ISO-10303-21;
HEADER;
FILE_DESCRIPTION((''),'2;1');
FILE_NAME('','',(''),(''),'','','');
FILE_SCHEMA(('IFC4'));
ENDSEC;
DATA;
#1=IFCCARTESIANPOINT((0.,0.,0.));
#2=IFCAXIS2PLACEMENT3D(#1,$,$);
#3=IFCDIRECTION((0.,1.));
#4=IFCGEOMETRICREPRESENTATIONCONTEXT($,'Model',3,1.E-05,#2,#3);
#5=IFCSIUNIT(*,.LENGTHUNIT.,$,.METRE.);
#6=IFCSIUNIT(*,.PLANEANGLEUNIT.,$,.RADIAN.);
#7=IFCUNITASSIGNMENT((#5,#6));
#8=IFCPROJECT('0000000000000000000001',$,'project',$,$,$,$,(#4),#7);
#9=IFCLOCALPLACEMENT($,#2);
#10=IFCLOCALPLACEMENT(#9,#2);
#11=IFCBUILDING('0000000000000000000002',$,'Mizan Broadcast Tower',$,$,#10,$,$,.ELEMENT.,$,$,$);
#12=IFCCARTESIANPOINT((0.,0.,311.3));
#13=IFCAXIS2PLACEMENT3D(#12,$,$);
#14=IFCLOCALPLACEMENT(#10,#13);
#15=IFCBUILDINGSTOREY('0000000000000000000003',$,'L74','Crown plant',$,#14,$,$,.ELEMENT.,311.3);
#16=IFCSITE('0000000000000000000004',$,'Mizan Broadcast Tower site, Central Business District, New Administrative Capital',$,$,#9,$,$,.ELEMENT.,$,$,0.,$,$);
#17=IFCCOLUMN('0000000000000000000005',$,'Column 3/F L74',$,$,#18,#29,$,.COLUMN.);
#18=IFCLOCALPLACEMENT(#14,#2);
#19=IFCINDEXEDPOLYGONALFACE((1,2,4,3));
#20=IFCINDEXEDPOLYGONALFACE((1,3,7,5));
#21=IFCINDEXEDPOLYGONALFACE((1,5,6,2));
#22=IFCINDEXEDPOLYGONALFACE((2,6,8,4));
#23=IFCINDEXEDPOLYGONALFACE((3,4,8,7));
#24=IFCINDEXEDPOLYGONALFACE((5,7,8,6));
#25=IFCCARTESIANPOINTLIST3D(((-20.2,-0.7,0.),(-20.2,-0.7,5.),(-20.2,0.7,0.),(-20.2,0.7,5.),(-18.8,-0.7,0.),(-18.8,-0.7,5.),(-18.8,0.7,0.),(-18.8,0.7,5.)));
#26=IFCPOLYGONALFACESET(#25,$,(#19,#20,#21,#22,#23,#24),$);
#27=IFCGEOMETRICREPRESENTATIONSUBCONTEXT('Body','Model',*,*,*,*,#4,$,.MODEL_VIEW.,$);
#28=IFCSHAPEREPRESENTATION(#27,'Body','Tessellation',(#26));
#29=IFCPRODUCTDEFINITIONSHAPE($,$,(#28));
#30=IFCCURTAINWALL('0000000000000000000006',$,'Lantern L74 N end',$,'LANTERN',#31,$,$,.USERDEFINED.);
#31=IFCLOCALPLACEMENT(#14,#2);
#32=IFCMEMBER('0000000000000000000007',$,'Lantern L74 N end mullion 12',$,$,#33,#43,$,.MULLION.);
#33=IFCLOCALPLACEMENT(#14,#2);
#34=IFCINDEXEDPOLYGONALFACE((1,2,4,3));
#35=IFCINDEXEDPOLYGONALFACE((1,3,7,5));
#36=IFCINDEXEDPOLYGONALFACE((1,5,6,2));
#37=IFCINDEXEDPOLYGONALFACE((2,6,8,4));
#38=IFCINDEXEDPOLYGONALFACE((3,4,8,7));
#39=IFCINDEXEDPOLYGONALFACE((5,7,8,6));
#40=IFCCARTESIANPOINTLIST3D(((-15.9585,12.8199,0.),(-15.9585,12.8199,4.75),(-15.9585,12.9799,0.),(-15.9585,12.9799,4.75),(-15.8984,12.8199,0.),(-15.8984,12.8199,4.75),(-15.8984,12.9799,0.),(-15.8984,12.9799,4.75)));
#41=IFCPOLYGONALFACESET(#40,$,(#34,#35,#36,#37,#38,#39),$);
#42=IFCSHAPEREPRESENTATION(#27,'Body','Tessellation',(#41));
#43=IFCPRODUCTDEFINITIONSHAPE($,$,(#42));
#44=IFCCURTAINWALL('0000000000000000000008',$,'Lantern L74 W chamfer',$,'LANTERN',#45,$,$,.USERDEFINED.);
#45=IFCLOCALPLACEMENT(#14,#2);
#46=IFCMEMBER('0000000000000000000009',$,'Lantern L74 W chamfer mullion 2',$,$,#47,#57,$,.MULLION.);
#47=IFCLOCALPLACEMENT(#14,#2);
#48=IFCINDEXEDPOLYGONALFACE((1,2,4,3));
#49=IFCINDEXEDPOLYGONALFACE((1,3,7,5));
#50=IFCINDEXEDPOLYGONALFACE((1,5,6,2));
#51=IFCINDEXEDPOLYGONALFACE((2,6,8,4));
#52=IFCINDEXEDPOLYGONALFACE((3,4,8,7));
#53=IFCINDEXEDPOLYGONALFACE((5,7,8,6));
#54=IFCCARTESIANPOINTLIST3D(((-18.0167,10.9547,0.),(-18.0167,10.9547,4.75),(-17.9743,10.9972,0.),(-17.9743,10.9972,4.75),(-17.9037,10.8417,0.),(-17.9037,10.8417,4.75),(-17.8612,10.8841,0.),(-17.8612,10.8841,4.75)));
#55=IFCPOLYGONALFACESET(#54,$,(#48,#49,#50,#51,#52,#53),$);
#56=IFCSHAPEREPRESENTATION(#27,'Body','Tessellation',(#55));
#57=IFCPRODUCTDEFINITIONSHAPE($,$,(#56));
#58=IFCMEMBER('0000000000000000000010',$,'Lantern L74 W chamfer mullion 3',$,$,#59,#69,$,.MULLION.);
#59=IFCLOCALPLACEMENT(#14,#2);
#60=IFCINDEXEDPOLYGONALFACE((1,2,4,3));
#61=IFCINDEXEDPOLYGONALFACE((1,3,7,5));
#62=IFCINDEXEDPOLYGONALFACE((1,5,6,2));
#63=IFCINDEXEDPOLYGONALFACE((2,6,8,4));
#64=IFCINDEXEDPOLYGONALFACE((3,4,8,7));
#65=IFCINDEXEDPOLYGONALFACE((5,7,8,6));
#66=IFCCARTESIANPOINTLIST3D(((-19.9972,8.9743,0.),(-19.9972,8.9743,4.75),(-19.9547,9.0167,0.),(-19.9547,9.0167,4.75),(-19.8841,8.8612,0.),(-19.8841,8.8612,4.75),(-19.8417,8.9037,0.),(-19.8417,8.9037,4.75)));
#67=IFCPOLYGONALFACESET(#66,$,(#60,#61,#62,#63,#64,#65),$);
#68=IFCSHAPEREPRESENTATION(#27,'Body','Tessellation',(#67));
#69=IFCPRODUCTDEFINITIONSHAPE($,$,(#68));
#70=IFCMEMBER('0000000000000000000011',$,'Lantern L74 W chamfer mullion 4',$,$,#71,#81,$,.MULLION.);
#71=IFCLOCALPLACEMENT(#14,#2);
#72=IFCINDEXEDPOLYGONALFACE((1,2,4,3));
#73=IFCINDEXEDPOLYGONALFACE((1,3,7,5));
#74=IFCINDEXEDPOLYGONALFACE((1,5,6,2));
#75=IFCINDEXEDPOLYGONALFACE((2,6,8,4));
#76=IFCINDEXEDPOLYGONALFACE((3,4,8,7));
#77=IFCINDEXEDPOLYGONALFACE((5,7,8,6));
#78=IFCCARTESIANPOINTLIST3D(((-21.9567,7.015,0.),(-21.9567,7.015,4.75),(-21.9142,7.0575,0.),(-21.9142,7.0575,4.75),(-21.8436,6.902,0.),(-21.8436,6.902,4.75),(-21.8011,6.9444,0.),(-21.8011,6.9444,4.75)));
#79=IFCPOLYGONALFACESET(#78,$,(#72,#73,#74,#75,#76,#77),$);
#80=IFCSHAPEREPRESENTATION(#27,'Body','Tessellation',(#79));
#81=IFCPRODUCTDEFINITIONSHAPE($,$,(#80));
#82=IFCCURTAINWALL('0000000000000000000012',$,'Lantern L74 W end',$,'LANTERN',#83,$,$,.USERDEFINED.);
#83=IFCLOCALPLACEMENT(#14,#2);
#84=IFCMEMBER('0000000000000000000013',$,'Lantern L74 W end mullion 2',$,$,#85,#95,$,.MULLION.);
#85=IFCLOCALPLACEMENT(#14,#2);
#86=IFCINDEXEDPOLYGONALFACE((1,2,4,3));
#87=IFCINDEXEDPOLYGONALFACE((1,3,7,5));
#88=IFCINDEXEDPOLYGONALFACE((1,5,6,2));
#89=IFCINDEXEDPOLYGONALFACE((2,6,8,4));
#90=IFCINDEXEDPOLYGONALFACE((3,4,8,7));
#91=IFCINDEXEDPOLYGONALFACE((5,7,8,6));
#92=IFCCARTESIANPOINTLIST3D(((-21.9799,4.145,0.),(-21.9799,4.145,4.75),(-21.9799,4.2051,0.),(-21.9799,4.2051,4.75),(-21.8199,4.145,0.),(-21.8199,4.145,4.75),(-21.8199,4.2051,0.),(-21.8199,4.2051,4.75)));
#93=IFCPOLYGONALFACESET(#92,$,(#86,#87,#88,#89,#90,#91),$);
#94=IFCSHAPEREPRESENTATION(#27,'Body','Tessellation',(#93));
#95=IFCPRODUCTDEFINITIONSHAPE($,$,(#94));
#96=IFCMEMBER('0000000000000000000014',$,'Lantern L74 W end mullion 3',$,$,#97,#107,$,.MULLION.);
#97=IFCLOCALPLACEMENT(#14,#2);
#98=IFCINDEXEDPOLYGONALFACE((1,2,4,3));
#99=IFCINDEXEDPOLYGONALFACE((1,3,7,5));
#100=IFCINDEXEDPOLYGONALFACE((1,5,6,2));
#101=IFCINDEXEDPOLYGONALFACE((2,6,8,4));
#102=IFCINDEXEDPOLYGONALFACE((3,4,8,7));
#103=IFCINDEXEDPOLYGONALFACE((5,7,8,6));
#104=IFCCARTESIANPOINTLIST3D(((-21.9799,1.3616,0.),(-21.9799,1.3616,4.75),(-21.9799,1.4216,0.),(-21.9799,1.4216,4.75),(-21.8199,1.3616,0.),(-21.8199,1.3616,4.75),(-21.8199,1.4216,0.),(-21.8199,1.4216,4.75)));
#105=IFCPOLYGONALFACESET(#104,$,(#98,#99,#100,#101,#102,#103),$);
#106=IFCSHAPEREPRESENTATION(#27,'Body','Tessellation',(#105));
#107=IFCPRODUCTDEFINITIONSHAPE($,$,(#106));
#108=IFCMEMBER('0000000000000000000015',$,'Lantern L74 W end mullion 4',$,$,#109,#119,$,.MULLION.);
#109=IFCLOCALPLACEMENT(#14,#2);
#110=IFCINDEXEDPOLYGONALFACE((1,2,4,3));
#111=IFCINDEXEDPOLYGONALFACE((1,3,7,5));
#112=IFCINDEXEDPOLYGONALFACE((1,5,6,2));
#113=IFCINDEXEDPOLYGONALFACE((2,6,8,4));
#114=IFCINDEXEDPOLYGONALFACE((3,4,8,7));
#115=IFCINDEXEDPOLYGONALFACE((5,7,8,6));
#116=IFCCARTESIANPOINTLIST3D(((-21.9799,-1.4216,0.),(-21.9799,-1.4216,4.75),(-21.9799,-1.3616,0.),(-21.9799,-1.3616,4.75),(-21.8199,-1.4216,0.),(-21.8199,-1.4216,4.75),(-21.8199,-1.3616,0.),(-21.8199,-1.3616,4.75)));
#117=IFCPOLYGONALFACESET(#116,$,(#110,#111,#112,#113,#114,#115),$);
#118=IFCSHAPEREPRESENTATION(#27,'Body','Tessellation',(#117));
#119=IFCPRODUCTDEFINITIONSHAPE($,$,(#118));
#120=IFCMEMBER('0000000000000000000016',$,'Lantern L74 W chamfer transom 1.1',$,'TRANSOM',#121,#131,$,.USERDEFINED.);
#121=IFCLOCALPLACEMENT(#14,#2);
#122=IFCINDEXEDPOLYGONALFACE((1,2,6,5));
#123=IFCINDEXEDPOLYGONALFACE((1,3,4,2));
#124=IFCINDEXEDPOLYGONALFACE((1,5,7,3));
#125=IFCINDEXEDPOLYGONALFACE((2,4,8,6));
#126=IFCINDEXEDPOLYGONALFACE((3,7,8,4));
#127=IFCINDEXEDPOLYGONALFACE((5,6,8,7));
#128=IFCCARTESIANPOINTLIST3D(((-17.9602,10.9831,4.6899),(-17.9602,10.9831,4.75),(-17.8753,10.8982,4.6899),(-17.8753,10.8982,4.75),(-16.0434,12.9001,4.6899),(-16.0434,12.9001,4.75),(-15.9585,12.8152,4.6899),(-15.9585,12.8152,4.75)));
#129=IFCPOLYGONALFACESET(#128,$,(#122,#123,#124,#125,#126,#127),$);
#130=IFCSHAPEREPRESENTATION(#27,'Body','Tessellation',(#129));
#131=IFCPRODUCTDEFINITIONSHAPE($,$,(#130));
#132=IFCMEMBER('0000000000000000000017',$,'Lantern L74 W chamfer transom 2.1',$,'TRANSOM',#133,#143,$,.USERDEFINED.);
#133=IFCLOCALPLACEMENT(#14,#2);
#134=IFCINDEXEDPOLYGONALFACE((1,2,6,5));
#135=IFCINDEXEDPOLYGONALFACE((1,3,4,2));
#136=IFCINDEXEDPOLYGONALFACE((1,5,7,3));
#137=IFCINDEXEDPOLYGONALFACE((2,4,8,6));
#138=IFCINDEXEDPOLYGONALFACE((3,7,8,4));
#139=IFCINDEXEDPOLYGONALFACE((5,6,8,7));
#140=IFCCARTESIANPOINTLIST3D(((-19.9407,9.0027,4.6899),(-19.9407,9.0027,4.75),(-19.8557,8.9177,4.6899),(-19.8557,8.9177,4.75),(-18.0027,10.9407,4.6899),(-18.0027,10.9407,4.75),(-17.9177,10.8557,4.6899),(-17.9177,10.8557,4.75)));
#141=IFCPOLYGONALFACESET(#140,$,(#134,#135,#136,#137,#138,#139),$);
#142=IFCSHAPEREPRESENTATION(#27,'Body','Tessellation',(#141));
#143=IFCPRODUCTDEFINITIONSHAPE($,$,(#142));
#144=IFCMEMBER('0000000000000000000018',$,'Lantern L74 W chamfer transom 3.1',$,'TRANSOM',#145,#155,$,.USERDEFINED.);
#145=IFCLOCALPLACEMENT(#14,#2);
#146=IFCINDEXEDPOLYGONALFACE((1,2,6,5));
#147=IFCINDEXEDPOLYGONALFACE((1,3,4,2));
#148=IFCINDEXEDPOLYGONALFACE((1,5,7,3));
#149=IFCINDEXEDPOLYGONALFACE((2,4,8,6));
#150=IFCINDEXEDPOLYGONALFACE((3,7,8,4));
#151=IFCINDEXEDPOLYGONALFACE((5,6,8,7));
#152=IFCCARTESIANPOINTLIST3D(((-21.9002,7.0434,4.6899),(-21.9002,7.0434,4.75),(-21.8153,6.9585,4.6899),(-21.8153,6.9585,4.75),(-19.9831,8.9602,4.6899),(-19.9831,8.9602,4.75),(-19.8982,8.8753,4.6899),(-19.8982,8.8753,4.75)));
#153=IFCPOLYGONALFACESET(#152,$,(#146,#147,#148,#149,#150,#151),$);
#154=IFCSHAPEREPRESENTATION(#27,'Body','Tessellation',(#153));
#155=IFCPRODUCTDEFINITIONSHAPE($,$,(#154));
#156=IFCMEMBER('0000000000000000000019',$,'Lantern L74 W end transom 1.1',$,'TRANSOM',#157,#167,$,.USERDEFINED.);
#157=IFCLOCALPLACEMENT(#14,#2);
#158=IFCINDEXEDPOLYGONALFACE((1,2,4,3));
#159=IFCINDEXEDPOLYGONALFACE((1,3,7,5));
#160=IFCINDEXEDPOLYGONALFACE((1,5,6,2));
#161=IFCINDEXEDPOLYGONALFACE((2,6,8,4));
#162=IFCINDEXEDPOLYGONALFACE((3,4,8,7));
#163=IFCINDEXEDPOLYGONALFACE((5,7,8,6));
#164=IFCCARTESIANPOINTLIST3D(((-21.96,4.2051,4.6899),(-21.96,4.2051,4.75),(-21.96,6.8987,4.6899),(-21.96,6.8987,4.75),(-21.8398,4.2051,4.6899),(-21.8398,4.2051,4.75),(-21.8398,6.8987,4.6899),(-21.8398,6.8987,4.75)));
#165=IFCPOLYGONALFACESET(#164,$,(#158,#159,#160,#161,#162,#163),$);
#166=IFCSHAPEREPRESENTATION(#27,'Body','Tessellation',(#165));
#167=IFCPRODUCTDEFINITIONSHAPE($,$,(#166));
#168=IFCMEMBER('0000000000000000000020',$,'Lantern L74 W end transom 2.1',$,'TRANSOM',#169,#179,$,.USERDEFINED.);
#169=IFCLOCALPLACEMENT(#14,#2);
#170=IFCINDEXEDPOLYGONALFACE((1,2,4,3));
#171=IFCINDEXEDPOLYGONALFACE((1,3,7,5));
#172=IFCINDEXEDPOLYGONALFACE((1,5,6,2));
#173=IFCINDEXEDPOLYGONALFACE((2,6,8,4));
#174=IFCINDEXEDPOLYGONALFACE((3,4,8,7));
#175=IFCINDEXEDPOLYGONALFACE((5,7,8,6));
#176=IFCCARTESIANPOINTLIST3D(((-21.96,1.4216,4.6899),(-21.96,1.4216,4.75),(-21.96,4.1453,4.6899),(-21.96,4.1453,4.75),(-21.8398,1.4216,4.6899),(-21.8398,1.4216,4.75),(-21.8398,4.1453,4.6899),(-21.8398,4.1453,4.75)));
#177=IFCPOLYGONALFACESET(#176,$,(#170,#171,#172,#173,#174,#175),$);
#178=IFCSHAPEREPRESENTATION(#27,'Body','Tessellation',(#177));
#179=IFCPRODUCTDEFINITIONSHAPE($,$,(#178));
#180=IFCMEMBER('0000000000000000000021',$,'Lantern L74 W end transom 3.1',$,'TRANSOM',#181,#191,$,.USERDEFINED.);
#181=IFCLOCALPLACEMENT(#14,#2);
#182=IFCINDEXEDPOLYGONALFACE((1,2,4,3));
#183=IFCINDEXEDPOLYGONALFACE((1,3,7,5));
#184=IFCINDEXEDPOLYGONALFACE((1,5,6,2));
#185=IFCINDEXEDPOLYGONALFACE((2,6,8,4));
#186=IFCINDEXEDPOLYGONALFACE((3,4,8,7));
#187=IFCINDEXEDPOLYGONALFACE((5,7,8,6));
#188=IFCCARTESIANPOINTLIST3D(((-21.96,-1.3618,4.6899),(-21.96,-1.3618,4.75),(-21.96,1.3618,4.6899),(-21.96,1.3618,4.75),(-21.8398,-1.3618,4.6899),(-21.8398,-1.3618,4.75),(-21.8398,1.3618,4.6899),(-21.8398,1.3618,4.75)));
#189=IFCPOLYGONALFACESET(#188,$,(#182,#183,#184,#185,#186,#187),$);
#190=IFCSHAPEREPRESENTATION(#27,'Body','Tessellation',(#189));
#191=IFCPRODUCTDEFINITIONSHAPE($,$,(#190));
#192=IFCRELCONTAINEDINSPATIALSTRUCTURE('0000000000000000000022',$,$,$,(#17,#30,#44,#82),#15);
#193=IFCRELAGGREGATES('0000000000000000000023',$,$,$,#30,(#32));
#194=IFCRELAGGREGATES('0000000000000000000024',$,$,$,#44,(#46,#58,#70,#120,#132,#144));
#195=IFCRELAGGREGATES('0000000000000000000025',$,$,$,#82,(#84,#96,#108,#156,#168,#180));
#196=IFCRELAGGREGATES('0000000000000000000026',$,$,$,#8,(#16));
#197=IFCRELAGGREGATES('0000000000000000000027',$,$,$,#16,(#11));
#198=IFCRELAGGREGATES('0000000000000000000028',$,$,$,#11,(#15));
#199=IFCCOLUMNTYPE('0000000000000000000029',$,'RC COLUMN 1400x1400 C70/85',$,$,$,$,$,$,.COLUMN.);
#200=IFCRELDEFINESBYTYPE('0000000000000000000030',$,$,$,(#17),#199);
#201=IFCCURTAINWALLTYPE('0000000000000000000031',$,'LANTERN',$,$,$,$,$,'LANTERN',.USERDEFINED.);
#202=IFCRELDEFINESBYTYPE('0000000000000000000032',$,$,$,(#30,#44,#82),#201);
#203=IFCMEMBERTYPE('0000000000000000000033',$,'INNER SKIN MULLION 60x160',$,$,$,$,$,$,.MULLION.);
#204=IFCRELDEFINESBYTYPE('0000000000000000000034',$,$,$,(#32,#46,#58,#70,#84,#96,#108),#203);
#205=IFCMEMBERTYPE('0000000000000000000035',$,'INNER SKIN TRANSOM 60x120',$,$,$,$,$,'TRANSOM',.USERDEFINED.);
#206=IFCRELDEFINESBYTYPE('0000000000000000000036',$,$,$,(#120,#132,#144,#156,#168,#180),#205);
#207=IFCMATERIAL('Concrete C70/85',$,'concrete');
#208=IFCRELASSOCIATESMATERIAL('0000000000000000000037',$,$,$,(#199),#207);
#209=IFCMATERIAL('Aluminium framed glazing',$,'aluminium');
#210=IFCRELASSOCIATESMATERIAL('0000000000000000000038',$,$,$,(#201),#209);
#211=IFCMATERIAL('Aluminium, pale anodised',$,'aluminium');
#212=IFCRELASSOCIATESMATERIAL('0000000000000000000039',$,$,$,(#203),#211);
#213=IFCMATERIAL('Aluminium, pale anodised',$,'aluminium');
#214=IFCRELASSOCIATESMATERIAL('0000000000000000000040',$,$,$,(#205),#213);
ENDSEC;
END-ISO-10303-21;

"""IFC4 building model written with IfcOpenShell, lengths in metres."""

from ifc_helpers import new_model, si_unit, direction, frame, origin, origin_2d, place, context, subcontext, project, spatial, rectangle, extrude, material, material_profile, profile_set, type_object, element, aggregate, save


model = new_model("IFC4")

# Units and contexts
model_context = context("Model", 3, precision=1e-05, world=origin(), true_north=direction((0.0, 1.0)))
body_context = subcontext(model_context, "Body", "Model", "MODEL_VIEW")
ifc_project = project(units=[si_unit("LENGTHUNIT", "METRE"), si_unit("PLANEANGLEUNIT", "RADIAN")], contexts=[model_context])

# Site, building, storey
site_placement = place(None, origin())
site = spatial("IfcSite", under=ifc_project, at=site_placement, Name="Mizan Broadcast Tower site, Central Business District, New Administrative Capital", CompositionType="ELEMENT", RefElevation=0.0)
building_placement = place(site_placement, origin())
building = spatial("IfcBuilding", under=site, at=building_placement, Name="Mizan Broadcast Tower", CompositionType="ELEMENT")
storey_placement = place(building_placement, frame((0.0, 0.0, 311.3)))
storey = spatial("IfcBuildingStorey", under=building, at=storey_placement, Name="L74", Description="Crown plant", CompositionType="ELEMENT", Elevation=311.3)

# Column
ifc_material_1 = material(Name="Concrete C70/85", Category="concrete")
ifc_material_profile_1 = material_profile(ifc_material_1, rectangle(XDim=1.3999, YDim=1.3999, at=origin_2d()), Name="RC 1400x1400")
ifc_profile_set_1 = profile_set([ifc_material_profile_1], Name="Concrete C70/85")
column_type = type_object("IfcColumnType", Name="RC COLUMN 1400x1400 C70/85", PredefinedType="COLUMN", material=ifc_profile_set_1)
column_placement = place(storey_placement, frame((-19.5, 0.0, 0.0), z_axis=(0.0, 0.0, 1.0), x_axis=(1.0, 0.0, 0.0)))
element("IfcColumn", 1, at=column_placement, inside=storey, type_object=column_type, Name="Column 3/F L74", PredefinedType="COLUMN", context=body_context, shape_type="SweptSolid", body=[
    extrude(rectangle(XDim=1.3999, YDim=1.3999, at=origin_2d()), origin(), (0.0, 0.0, 1.0), 5.0),
])

# Curtain wall, member
ifc_material_2 = material(Name="Aluminium framed glazing", Category="aluminium")
curtain_wall_type = type_object("IfcCurtainWallType", Name="LANTERN", ElementType="LANTERN", PredefinedType="USERDEFINED", material=ifc_material_2)
curtain_wall_1_placement = place(storey_placement, origin())
curtain_wall_1 = element("IfcCurtainWall", 2, at=curtain_wall_1_placement, inside=storey, type_object=curtain_wall_type, Name="Lantern L74 N end", ObjectType="LANTERN", PredefinedType="USERDEFINED")
ifc_material_3 = material(Name="Aluminium, pale anodised", Category="aluminium")
ifc_material_profile_2 = material_profile(ifc_material_3, rectangle(XDim=0.1599, YDim=0.0601, at=origin_2d()), Name="MULLION 160x60")
ifc_profile_set_2 = profile_set([ifc_material_profile_2], Name="Aluminium, pale anodised")
member_type_1 = type_object("IfcMemberType", Name="INNER SKIN MULLION 60x160", PredefinedType="MULLION", material=ifc_profile_set_2)
member_1_placement = place(storey_placement, frame((-15.9285, 12.8999, 0.0), z_axis=(0.0, 0.0, 1.0), x_axis=(0.0, -1.0, 0.0)))
member_1 = element("IfcMember", 3, at=member_1_placement, type_object=member_type_1, Name="Lantern L74 N end mullion 12", PredefinedType="MULLION", context=body_context, shape_type="SweptSolid", body=[
    extrude(rectangle(XDim=0.1599, YDim=0.0601, at=origin_2d()), origin(), (0.0, 0.0, 1.0), 4.75),
])

# Curtain walls, members
curtain_wall_2_placement = place(storey_placement, origin())
curtain_wall_2 = element("IfcCurtainWall", 4, at=curtain_wall_2_placement, inside=storey, type_object=curtain_wall_type, Name="Lantern L74 W chamfer", ObjectType="LANTERN", PredefinedType="USERDEFINED")
member_2_placement = place(storey_placement, frame((-17.939, 10.9194, 0.0), z_axis=(0.0, 0.0, 1.0), x_axis=(0.707107, -0.707107, 0.0)))
member_2 = element("IfcMember", 5, at=member_2_placement, type_object=member_type_1, Name="Lantern L74 W chamfer mullion 2", PredefinedType="MULLION", context=body_context, shape_type="SweptSolid", body=[
    extrude(rectangle(XDim=0.1599, YDim=0.0601, at=origin_2d()), origin(), (0.0, 0.0, 1.0), 4.75),
])
member_3_placement = place(storey_placement, frame((-19.9194, 8.939, 0.0), z_axis=(0.0, 0.0, 1.0), x_axis=(0.707107, -0.707107, 0.0)))
member_3 = element("IfcMember", 6, at=member_3_placement, type_object=member_type_1, Name="Lantern L74 W chamfer mullion 3", PredefinedType="MULLION", context=body_context, shape_type="SweptSolid", body=[
    extrude(rectangle(XDim=0.1599, YDim=0.0601, at=origin_2d()), origin(), (0.0, 0.0, 1.0), 4.75),
])
member_4_placement = place(storey_placement, frame((-21.8789, 6.9797, 0.0), z_axis=(0.0, 0.0, 1.0), x_axis=(0.707107, -0.707107, 0.0)))
member_4 = element("IfcMember", 7, at=member_4_placement, type_object=member_type_1, Name="Lantern L74 W chamfer mullion 4", PredefinedType="MULLION", context=body_context, shape_type="SweptSolid", body=[
    extrude(rectangle(XDim=0.1599, YDim=0.0601, at=origin_2d()), origin(), (0.0, 0.0, 1.0), 4.75),
])
curtain_wall_3_placement = place(storey_placement, origin())
curtain_wall_3 = element("IfcCurtainWall", 8, at=curtain_wall_3_placement, inside=storey, type_object=curtain_wall_type, Name="Lantern L74 W end", ObjectType="LANTERN", PredefinedType="USERDEFINED")
member_5_placement = place(storey_placement, frame((-21.8999, 4.175, 0.0), z_axis=(0.0, 0.0, 1.0), x_axis=(1.0, 0.0, 0.0)))
member_5 = element("IfcMember", 9, at=member_5_placement, type_object=member_type_1, Name="Lantern L74 W end mullion 2", PredefinedType="MULLION", context=body_context, shape_type="SweptSolid", body=[
    extrude(rectangle(XDim=0.1599, YDim=0.0601, at=origin_2d()), origin(), (0.0, 0.0, 1.0), 4.75),
])
member_6_placement = place(storey_placement, frame((-21.8999, 1.3916, 0.0), z_axis=(0.0, 0.0, 1.0), x_axis=(1.0, 0.0, 0.0)))
member_6 = element("IfcMember", 10, at=member_6_placement, type_object=member_type_1, Name="Lantern L74 W end mullion 3", PredefinedType="MULLION", context=body_context, shape_type="SweptSolid", body=[
    extrude(rectangle(XDim=0.1599, YDim=0.0601, at=origin_2d()), origin(), (0.0, 0.0, 1.0), 4.75),
])
member_7_placement = place(storey_placement, frame((-21.8999, -1.3916, 0.0), z_axis=(0.0, 0.0, 1.0), x_axis=(1.0, 0.0, 0.0)))
member_7 = element("IfcMember", 11, at=member_7_placement, type_object=member_type_1, Name="Lantern L74 W end mullion 4", PredefinedType="MULLION", context=body_context, shape_type="SweptSolid", body=[
    extrude(rectangle(XDim=0.1599, YDim=0.0601, at=origin_2d()), origin(), (0.0, 0.0, 1.0), 4.75),
])

# Members
ifc_material_4 = material(Name="Aluminium, pale anodised", Category="aluminium")
ifc_material_profile_3 = material_profile(ifc_material_4, rectangle(XDim=0.1201, YDim=0.0601, at=origin_2d()), Name="TRANSOM 120x60")
ifc_profile_set_3 = profile_set([ifc_material_profile_3], Name="Aluminium, pale anodised")
member_type_2 = type_object("IfcMemberType", Name="INNER SKIN TRANSOM 60x120", ElementType="TRANSOM", PredefinedType="USERDEFINED", material=ifc_profile_set_3)
member_8_placement = place(storey_placement, frame((-16.001, 12.8577, 4.72), z_axis=(-0.707062, -0.707152, 0.0), x_axis=(0.707152, -0.707062, 0.0)))
member_8 = element("IfcMember", 12, at=member_8_placement, type_object=member_type_2, Name="Lantern L74 W chamfer transom 1.1", ObjectType="TRANSOM", PredefinedType="USERDEFINED", context=body_context, shape_type="SweptSolid", body=[
    extrude(rectangle(XDim=0.1201, YDim=0.0601, at=origin_2d()), origin(), (0.0, 0.0, 1.0), 2.7109),
])
member_9_placement = place(storey_placement, frame((-17.9602, 10.8982, 4.72), z_axis=(-0.707107, -0.707107, 0.0), x_axis=(0.707107, -0.707107, 0.0)))
member_9 = element("IfcMember", 13, at=member_9_placement, type_object=member_type_2, Name="Lantern L74 W chamfer transom 2.1", ObjectType="TRANSOM", PredefinedType="USERDEFINED", context=body_context, shape_type="SweptSolid", body=[
    extrude(rectangle(XDim=0.1201, YDim=0.0601, at=origin_2d()), origin(), (0.0, 0.0, 1.0), 2.7407),
])
member_10_placement = place(storey_placement, frame((-19.9407, 8.9177, 4.72), z_axis=(-0.707152, -0.707062, 0.0), x_axis=(0.707062, -0.707152, 0.0)))
member_10 = element("IfcMember", 14, at=member_10_placement, type_object=member_type_2, Name="Lantern L74 W chamfer transom 3.1", ObjectType="TRANSOM", PredefinedType="USERDEFINED", context=body_context, shape_type="SweptSolid", body=[
    extrude(rectangle(XDim=0.1201, YDim=0.0601, at=origin_2d()), origin(), (0.0, 0.0, 1.0), 2.7109),
])
member_11_placement = place(storey_placement, frame((-21.8999, 6.8987, 4.72), z_axis=(0.0, -1.0, 0.0), x_axis=(1.0, 0.0, 0.0)))
member_11 = element("IfcMember", 15, at=member_11_placement, type_object=member_type_2, Name="Lantern L74 W end transom 1.1", ObjectType="TRANSOM", PredefinedType="USERDEFINED", context=body_context, shape_type="SweptSolid", body=[
    extrude(rectangle(XDim=0.1201, YDim=0.0601, at=origin_2d()), origin(), (0.0, 0.0, 1.0), 2.6936),
])
member_12_placement = place(storey_placement, frame((-21.8999, 4.1453, 4.72), z_axis=(0.0, -1.0, 0.0), x_axis=(1.0, 0.0, 0.0)))
member_12 = element("IfcMember", 16, at=member_12_placement, type_object=member_type_2, Name="Lantern L74 W end transom 2.1", ObjectType="TRANSOM", PredefinedType="USERDEFINED", context=body_context, shape_type="SweptSolid", body=[
    extrude(rectangle(XDim=0.1201, YDim=0.0601, at=origin_2d()), origin(), (0.0, 0.0, 1.0), 2.7236),
])
member_13_placement = place(storey_placement, frame((-21.8999, 1.3618, 4.72), z_axis=(0.0, -1.0, 0.0), x_axis=(1.0, 0.0, 0.0)))
member_13 = element("IfcMember", 17, at=member_13_placement, type_object=member_type_2, Name="Lantern L74 W end transom 3.1", ObjectType="TRANSOM", PredefinedType="USERDEFINED", context=body_context, shape_type="SweptSolid", body=[
    extrude(rectangle(XDim=0.1201, YDim=0.0601, at=origin_2d()), origin(), (0.0, 0.0, 1.0), 2.7236),
])

aggregate(curtain_wall_1, [member_1])
aggregate(curtain_wall_2, [member_2, member_3, member_4, member_8, member_9, member_10])
aggregate(curtain_wall_3, [member_5, member_6, member_7, member_11, member_12, member_13])

save(model, "model.ifc")
